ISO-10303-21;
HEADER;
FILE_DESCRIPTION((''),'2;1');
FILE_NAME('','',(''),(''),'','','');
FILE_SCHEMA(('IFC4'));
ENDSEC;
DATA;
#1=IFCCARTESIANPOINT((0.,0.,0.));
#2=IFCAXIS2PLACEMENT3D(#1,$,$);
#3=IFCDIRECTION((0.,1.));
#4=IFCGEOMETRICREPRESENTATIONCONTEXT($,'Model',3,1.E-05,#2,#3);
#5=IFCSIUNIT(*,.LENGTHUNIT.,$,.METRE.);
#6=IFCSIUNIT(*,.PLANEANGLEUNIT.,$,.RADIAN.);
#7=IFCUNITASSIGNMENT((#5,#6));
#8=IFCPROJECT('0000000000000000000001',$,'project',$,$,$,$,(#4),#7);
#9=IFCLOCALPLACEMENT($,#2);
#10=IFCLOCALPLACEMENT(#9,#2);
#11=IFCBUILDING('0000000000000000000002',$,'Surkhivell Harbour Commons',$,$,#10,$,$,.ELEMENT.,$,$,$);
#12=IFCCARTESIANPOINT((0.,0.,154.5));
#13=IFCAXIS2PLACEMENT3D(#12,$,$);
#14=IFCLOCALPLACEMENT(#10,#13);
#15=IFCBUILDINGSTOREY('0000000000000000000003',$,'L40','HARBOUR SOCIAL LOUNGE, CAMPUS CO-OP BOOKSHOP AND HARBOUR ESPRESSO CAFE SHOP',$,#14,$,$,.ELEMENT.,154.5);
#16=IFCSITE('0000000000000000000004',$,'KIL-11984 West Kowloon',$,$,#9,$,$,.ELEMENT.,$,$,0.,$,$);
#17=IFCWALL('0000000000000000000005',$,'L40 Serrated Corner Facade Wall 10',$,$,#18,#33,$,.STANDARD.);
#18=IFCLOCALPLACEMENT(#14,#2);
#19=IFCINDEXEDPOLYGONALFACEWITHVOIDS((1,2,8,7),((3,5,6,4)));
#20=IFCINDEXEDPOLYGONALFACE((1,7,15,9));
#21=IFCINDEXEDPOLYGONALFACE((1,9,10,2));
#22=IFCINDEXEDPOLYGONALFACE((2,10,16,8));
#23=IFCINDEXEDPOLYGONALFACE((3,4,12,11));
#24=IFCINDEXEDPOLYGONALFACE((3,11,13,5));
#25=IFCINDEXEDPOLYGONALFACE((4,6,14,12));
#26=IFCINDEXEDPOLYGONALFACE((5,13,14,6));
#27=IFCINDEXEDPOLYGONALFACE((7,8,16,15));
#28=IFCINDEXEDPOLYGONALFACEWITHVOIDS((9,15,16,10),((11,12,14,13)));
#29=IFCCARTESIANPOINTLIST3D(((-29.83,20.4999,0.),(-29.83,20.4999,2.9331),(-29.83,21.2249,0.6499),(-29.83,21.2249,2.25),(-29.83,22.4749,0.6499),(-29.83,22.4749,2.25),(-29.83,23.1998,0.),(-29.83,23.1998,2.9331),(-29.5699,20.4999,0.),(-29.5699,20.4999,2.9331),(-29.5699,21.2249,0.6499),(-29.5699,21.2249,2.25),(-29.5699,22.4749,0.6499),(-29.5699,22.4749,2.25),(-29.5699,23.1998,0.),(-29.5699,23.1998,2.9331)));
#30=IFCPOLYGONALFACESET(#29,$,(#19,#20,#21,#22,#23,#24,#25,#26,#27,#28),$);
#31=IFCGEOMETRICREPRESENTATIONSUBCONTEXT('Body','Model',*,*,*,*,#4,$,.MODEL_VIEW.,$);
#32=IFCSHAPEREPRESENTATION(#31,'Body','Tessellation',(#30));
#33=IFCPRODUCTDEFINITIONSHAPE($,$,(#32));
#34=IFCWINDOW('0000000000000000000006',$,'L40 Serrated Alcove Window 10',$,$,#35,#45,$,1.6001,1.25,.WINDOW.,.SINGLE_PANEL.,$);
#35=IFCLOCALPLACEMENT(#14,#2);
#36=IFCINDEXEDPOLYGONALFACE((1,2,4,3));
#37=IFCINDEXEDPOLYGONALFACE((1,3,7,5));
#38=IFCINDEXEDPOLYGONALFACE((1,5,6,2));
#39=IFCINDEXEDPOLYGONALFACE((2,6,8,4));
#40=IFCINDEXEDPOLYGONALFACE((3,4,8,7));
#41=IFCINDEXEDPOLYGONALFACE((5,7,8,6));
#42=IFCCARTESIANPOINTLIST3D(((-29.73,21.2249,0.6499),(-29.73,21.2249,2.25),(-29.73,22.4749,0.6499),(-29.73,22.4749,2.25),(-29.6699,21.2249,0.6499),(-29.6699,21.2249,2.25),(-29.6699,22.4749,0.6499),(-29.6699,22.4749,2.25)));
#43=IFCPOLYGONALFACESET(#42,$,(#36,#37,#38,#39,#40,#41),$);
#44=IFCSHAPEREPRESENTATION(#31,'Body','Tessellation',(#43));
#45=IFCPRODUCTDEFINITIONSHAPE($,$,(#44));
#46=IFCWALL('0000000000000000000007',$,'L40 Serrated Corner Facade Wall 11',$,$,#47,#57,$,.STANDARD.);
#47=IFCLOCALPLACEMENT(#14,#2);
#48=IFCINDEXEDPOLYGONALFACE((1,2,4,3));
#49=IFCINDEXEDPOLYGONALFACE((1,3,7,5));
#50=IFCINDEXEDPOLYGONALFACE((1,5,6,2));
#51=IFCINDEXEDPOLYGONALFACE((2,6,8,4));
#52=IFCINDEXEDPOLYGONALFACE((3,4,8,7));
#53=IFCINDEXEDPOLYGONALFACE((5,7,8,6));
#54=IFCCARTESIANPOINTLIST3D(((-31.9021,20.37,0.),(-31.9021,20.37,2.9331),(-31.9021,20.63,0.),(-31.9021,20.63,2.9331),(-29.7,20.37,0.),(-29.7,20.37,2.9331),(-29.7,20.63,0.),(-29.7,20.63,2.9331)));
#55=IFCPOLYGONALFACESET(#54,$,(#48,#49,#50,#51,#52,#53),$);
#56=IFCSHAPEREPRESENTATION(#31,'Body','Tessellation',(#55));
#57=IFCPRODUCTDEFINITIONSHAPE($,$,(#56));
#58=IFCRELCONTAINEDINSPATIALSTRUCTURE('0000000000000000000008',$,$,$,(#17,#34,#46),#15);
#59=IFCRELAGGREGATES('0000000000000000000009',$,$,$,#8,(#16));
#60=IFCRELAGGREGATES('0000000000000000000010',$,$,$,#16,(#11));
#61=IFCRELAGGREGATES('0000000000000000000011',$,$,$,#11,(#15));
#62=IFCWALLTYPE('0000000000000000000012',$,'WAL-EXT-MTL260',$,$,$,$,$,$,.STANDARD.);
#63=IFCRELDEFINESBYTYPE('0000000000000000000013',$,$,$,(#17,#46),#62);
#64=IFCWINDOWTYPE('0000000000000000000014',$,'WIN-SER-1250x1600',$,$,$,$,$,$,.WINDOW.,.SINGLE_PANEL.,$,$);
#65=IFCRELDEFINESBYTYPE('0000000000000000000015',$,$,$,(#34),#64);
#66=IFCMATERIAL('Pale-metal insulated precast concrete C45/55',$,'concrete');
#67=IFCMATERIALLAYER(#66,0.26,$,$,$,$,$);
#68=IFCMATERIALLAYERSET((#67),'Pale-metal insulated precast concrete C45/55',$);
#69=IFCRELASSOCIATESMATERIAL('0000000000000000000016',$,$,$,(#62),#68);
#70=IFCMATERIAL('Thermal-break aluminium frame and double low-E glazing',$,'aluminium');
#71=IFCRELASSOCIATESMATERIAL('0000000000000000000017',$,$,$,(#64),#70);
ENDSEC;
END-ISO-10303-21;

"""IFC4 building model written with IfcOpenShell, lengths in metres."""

from ifc_helpers import new_model, si_unit, direction, frame, frame_2d, origin, place, context, subcontext, project, spatial, rectangle, extrude, material, layer, layer_set, type_object, element, fill, save


model = new_model("IFC4")

# Units and contexts
model_context = context("Model", 3, precision=1e-05, world=origin(), true_north=direction((0.0, 1.0)))
body_context = subcontext(model_context, "Body", "Model", "MODEL_VIEW")
ifc_project = project(units=[si_unit("LENGTHUNIT", "METRE"), si_unit("PLANEANGLEUNIT", "RADIAN")], contexts=[model_context])

# Site, building, storey
site_placement = place(None, origin())
site = spatial("IfcSite", under=ifc_project, at=site_placement, Name="KIL-11984 West Kowloon", CompositionType="ELEMENT", RefElevation=0.0)
building_placement = place(site_placement, origin())
building = spatial("IfcBuilding", under=site, at=building_placement, Name="Surkhivell Harbour Commons", CompositionType="ELEMENT")
storey_placement = place(building_placement, frame((0.0, 0.0, 154.5)))
storey = spatial("IfcBuildingStorey", under=building, at=storey_placement, Name="L40", Description="HARBOUR SOCIAL LOUNGE, CAMPUS CO-OP BOOKSHOP AND HARBOUR ESPRESSO CAFE SHOP", CompositionType="ELEMENT", Elevation=154.5)

# Shared definitions
ifc_material_1 = material(Name="Pale-metal insulated precast concrete C45/55", Category="concrete")
ifc_layer_1 = layer(ifc_material_1, 0.26)
ifc_layer_set_1 = layer_set([ifc_layer_1], Name="Pale-metal insulated precast concrete C45/55")
wall_type = type_object("IfcWallType", Name="WAL-EXT-MTL260", PredefinedType="STANDARD", material=ifc_layer_set_1)

# Wall, opening, window
wall_1_placement = place(storey_placement, frame((-29.7, 23.2, 0.0), z_axis=(0.0, 0.0, 1.0), x_axis=(0.0, -1.0, 0.0)))
wall_1 = element("IfcWall", 1, at=wall_1_placement, inside=storey, type_object=wall_type, Name="L40 Serrated Corner Facade Wall 10", PredefinedType="STANDARD", context=body_context, shape_type="SweptSolid", body=[
    extrude(rectangle(XDim=2.7, YDim=0.26, at=frame_2d((1.3501, 0.0))), origin(), (0.0, 0.0, 1.0), 2.9331),
])
opening_placement = place(wall_1_placement, frame((0.7251, 0.0, 0.6499)))
opening = element("IfcOpeningElement", 2, at=opening_placement, cuts=wall_1, PredefinedType="OPENING", context=body_context, shape_type="SweptSolid", body=[
    extrude(rectangle(XDim=1.25, YDim=1.6001, at=frame_2d((0.625, 0.8))), frame((0.0, 0.1399, 0.0), z_axis=(0.0, -1.0, 0.0), x_axis=(1.0, 0.0, 0.0)), (0.0, 0.0, 1.0), 0.28),
])
ifc_material_2 = material(Name="Thermal-break aluminium frame and double low-E glazing", Category="aluminium")
window_type = type_object("IfcWindowType", Name="WIN-SER-1250x1600", PartitioningType="SINGLE_PANEL", PredefinedType="WINDOW", material=ifc_material_2)
window_placement = place(opening_placement, origin())
window = element("IfcWindow", 3, at=window_placement, inside=storey, type_object=window_type, Name="L40 Serrated Alcove Window 10", OverallHeight=1.6001, OverallWidth=1.25, PartitioningType="SINGLE_PANEL", PredefinedType="WINDOW", context=body_context, shape_type="SweptSolid", body=[
    extrude(rectangle(XDim=1.25, YDim=1.6001, at=frame_2d((0.625, 0.8))), frame((0.0, 0.03, 0.0), z_axis=(0.0, -1.0, 0.0), x_axis=(1.0, 0.0, 0.0)), (0.0, 0.0, 1.0), 0.0601),
])
fill(opening, window)

# Wall
wall_2_placement = place(storey_placement, frame((-29.7, 20.5, 0.0), z_axis=(0.0, 0.0, 1.0), x_axis=(-1.0, 0.0, 0.0)))
element("IfcWall", 4, at=wall_2_placement, inside=storey, type_object=wall_type, Name="L40 Serrated Corner Facade Wall 11", PredefinedType="STANDARD", context=body_context, shape_type="SweptSolid", body=[
    extrude(rectangle(XDim=2.2021, YDim=0.26, at=frame_2d((1.1011, 0.0))), origin(), (0.0, 0.0, 1.0), 2.9331),
])

save(model, "model.ifc")
